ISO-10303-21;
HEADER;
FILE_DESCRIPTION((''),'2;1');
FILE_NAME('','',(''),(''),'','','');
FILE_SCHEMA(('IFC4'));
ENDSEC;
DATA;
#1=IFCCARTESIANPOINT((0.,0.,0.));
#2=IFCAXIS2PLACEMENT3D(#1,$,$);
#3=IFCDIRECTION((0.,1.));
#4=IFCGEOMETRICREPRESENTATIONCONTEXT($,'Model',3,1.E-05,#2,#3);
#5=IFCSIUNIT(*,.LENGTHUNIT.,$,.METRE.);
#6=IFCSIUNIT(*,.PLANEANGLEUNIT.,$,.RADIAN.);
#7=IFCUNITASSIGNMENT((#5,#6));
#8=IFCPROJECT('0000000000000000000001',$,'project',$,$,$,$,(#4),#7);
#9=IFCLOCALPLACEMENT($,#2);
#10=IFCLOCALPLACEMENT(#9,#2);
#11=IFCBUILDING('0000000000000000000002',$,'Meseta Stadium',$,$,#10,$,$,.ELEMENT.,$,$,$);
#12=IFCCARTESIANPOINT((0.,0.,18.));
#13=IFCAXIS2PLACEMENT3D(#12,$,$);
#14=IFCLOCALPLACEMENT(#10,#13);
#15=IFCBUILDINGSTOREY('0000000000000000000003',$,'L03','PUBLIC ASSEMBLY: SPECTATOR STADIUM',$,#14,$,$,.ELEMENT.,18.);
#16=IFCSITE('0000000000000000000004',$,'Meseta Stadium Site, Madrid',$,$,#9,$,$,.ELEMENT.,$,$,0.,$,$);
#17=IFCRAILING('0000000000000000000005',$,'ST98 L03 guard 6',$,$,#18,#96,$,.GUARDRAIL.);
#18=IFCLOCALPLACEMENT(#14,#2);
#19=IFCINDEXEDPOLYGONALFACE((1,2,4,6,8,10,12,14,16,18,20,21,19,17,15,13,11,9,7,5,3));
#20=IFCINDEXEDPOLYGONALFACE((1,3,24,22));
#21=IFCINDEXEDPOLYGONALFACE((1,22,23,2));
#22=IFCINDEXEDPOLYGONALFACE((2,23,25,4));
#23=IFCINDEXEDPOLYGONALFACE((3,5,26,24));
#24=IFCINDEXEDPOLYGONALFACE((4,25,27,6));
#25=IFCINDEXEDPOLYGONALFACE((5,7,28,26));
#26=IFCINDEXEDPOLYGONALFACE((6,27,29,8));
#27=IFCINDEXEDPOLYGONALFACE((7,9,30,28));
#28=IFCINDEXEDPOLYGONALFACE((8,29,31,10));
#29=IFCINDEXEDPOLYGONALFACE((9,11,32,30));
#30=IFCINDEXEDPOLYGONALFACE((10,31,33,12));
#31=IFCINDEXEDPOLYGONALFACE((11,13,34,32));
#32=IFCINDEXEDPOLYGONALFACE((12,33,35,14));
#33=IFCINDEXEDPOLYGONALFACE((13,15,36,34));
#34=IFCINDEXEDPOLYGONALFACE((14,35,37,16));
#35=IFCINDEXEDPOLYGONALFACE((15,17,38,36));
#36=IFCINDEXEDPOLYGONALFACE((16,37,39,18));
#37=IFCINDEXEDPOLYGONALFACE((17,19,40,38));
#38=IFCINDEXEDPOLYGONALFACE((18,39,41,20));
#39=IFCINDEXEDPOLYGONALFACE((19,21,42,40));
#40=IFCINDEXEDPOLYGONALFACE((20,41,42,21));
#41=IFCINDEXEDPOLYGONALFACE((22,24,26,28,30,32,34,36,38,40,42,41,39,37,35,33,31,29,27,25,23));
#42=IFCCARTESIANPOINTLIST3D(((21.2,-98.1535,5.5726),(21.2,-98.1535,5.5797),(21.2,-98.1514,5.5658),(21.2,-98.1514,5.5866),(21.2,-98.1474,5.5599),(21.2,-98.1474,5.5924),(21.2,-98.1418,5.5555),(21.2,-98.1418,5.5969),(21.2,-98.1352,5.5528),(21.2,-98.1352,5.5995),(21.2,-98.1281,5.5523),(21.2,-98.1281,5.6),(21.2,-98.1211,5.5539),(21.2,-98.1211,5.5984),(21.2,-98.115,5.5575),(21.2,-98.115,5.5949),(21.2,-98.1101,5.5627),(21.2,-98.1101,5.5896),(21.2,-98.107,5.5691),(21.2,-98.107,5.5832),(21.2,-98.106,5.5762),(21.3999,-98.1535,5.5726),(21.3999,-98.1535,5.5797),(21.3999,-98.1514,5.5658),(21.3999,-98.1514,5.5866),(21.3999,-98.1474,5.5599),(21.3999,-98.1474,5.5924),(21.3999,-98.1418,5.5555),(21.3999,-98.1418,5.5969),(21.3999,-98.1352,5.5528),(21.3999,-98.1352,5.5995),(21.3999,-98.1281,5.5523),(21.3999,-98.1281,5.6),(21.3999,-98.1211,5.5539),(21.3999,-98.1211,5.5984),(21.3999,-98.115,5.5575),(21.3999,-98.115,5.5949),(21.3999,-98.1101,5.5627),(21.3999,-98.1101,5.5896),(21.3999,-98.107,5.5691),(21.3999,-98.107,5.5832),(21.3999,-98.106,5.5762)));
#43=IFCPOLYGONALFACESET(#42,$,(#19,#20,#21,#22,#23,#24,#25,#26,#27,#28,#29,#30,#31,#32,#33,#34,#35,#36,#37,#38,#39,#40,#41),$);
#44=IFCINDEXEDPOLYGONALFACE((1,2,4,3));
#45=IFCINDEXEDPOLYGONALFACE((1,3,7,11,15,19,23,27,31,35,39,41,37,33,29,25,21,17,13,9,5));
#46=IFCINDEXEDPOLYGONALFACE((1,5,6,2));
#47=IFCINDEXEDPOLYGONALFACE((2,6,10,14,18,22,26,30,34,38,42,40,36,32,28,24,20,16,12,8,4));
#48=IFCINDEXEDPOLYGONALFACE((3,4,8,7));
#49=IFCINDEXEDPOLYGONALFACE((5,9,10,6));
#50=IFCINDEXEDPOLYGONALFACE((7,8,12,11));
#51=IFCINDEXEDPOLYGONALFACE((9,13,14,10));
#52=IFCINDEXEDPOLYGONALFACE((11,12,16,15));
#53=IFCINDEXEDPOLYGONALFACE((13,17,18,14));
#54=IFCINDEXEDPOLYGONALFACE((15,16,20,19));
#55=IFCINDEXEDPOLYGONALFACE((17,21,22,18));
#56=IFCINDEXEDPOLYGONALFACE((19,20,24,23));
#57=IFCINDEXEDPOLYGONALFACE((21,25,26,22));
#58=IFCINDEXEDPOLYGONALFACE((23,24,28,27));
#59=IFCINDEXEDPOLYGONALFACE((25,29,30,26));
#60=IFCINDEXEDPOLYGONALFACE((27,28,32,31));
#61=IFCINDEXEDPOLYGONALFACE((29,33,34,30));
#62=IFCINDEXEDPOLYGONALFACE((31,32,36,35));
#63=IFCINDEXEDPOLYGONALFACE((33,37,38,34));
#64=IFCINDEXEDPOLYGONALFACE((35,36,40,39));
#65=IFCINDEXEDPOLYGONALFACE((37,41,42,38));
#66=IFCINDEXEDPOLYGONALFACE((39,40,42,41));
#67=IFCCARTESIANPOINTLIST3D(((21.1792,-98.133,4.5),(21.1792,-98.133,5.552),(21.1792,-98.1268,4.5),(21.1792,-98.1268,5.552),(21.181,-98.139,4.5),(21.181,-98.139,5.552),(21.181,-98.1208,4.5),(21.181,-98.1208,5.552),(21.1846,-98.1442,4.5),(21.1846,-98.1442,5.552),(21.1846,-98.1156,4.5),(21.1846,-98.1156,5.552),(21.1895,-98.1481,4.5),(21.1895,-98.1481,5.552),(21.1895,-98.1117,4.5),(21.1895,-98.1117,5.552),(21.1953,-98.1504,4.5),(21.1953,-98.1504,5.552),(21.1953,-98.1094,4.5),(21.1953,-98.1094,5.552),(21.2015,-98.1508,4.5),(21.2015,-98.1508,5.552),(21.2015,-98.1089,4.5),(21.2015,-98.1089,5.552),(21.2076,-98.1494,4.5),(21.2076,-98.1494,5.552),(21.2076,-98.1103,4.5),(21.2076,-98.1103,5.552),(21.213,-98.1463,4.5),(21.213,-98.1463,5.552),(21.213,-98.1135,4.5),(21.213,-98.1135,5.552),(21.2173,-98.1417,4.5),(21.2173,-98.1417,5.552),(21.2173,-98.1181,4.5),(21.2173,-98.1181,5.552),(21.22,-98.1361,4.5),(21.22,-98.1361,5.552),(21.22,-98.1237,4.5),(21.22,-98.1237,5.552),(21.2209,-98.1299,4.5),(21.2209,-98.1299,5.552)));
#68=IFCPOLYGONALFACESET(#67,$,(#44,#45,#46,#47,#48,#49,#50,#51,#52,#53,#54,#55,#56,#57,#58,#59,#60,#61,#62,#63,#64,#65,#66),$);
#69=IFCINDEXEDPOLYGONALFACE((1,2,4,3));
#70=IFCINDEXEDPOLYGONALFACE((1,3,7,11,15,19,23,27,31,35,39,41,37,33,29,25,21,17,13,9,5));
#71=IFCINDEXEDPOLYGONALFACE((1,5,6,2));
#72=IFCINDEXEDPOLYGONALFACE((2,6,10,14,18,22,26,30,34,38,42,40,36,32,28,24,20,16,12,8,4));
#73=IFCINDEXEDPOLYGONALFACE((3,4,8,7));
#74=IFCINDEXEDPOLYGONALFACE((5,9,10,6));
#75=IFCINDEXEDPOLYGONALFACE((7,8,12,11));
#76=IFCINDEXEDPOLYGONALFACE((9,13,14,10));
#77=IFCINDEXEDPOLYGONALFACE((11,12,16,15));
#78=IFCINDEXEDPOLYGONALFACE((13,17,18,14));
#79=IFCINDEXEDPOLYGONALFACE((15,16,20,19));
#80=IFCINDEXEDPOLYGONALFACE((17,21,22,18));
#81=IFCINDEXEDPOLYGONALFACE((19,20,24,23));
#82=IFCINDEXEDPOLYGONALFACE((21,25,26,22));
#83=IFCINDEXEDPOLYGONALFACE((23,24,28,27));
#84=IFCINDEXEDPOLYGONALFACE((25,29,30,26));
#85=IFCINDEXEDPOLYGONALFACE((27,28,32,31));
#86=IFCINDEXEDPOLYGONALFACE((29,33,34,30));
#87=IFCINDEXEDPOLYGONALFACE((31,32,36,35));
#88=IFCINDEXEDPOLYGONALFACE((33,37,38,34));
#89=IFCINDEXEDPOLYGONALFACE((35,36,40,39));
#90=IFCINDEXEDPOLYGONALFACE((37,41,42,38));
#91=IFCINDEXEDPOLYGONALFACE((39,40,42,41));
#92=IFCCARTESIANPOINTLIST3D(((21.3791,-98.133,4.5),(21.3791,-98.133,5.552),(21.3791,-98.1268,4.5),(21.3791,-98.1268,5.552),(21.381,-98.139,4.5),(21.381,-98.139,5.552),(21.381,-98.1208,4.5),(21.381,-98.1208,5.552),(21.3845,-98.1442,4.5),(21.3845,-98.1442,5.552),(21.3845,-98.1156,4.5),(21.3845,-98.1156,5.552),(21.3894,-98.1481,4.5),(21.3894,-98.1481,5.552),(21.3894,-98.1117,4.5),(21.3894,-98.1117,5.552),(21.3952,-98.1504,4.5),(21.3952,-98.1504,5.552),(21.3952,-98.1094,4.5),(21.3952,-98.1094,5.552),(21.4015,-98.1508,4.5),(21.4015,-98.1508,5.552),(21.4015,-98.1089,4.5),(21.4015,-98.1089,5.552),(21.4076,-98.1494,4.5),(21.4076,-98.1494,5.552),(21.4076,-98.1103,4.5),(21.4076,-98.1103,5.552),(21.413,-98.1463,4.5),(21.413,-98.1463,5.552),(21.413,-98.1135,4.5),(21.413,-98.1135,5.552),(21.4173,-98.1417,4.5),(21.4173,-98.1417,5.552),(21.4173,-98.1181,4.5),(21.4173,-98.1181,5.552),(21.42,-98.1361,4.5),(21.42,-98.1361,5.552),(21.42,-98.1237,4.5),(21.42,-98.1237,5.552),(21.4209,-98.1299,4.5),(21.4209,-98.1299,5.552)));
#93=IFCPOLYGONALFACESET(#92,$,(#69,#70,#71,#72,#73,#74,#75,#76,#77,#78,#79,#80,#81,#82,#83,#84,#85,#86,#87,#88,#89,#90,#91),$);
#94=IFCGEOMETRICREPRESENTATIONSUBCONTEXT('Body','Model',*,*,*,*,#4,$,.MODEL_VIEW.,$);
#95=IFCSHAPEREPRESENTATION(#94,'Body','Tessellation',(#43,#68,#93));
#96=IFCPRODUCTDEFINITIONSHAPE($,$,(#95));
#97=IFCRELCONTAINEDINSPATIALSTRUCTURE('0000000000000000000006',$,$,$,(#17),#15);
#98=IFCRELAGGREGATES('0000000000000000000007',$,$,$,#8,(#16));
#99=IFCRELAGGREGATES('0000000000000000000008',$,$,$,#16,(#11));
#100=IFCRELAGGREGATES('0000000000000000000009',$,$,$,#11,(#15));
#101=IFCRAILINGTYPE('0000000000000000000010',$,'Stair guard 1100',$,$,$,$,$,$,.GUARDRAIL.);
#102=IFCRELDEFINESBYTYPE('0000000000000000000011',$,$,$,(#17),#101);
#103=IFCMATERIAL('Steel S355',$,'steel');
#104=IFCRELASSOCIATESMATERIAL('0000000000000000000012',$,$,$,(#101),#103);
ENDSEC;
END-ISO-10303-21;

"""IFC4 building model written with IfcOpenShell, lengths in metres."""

from ifc_helpers import new_model, si_unit, direction, frame, origin, origin_2d, place, context, subcontext, project, spatial, circle, extrude, material, type_object, element, save


model = new_model("IFC4")

# Units and contexts
model_context = context("Model", 3, precision=1e-05, world=origin(), true_north=direction((0.0, 1.0)))
body_context = subcontext(model_context, "Body", "Model", "MODEL_VIEW")
ifc_project = project(units=[si_unit("LENGTHUNIT", "METRE"), si_unit("PLANEANGLEUNIT", "RADIAN")], contexts=[model_context])

# Site, building, storey
site_placement = place(None, origin())
site = spatial("IfcSite", under=ifc_project, at=site_placement, Name="Meseta Stadium Site, Madrid", CompositionType="ELEMENT", RefElevation=0.0)
building_placement = place(site_placement, origin())
building = spatial("IfcBuilding", under=site, at=building_placement, Name="Meseta Stadium", CompositionType="ELEMENT")
storey_placement = place(building_placement, frame((0.0, 0.0, 18.0)))
storey = spatial("IfcBuildingStorey", under=building, at=storey_placement, Name="L03", Description="PUBLIC ASSEMBLY: SPECTATOR STADIUM", CompositionType="ELEMENT", Elevation=18.0)

# Railing
ifc_material_1 = material(Name="Steel S355", Category="steel")
railing_type_1 = type_object("IfcRailingType", Name="Stair guard 1100", PredefinedType="GUARDRAIL", material=ifc_material_1)
railing_1_placement = place(storey_placement, frame((21.2, -98.1299, 4.5)))
element("IfcRailing", 1, at=railing_1_placement, inside=storey, type_object=railing_type_1, Name="ST98 L03 guard 6", PredefinedType="GUARDRAIL", context=body_context, shape_type="SweptSolid", body=[
    extrude(circle(Radius=0.0239, at=origin_2d()), frame((0.0, 0.0, 1.0762), z_axis=(1.0, 0.0, 0.0), x_axis=(0.0, 1.0, 0.0)), (0.0, 0.0, 1.0), 0.2),
    extrude(circle(Radius=0.021, at=origin_2d()), origin(), (0.0, 0.0, 1.0), 1.052),
    extrude(circle(Radius=0.021, at=origin_2d()), frame((0.2, 0.0, 0.0)), (0.0, 0.0, 1.0), 1.052),
])

save(model, "model.ifc")
